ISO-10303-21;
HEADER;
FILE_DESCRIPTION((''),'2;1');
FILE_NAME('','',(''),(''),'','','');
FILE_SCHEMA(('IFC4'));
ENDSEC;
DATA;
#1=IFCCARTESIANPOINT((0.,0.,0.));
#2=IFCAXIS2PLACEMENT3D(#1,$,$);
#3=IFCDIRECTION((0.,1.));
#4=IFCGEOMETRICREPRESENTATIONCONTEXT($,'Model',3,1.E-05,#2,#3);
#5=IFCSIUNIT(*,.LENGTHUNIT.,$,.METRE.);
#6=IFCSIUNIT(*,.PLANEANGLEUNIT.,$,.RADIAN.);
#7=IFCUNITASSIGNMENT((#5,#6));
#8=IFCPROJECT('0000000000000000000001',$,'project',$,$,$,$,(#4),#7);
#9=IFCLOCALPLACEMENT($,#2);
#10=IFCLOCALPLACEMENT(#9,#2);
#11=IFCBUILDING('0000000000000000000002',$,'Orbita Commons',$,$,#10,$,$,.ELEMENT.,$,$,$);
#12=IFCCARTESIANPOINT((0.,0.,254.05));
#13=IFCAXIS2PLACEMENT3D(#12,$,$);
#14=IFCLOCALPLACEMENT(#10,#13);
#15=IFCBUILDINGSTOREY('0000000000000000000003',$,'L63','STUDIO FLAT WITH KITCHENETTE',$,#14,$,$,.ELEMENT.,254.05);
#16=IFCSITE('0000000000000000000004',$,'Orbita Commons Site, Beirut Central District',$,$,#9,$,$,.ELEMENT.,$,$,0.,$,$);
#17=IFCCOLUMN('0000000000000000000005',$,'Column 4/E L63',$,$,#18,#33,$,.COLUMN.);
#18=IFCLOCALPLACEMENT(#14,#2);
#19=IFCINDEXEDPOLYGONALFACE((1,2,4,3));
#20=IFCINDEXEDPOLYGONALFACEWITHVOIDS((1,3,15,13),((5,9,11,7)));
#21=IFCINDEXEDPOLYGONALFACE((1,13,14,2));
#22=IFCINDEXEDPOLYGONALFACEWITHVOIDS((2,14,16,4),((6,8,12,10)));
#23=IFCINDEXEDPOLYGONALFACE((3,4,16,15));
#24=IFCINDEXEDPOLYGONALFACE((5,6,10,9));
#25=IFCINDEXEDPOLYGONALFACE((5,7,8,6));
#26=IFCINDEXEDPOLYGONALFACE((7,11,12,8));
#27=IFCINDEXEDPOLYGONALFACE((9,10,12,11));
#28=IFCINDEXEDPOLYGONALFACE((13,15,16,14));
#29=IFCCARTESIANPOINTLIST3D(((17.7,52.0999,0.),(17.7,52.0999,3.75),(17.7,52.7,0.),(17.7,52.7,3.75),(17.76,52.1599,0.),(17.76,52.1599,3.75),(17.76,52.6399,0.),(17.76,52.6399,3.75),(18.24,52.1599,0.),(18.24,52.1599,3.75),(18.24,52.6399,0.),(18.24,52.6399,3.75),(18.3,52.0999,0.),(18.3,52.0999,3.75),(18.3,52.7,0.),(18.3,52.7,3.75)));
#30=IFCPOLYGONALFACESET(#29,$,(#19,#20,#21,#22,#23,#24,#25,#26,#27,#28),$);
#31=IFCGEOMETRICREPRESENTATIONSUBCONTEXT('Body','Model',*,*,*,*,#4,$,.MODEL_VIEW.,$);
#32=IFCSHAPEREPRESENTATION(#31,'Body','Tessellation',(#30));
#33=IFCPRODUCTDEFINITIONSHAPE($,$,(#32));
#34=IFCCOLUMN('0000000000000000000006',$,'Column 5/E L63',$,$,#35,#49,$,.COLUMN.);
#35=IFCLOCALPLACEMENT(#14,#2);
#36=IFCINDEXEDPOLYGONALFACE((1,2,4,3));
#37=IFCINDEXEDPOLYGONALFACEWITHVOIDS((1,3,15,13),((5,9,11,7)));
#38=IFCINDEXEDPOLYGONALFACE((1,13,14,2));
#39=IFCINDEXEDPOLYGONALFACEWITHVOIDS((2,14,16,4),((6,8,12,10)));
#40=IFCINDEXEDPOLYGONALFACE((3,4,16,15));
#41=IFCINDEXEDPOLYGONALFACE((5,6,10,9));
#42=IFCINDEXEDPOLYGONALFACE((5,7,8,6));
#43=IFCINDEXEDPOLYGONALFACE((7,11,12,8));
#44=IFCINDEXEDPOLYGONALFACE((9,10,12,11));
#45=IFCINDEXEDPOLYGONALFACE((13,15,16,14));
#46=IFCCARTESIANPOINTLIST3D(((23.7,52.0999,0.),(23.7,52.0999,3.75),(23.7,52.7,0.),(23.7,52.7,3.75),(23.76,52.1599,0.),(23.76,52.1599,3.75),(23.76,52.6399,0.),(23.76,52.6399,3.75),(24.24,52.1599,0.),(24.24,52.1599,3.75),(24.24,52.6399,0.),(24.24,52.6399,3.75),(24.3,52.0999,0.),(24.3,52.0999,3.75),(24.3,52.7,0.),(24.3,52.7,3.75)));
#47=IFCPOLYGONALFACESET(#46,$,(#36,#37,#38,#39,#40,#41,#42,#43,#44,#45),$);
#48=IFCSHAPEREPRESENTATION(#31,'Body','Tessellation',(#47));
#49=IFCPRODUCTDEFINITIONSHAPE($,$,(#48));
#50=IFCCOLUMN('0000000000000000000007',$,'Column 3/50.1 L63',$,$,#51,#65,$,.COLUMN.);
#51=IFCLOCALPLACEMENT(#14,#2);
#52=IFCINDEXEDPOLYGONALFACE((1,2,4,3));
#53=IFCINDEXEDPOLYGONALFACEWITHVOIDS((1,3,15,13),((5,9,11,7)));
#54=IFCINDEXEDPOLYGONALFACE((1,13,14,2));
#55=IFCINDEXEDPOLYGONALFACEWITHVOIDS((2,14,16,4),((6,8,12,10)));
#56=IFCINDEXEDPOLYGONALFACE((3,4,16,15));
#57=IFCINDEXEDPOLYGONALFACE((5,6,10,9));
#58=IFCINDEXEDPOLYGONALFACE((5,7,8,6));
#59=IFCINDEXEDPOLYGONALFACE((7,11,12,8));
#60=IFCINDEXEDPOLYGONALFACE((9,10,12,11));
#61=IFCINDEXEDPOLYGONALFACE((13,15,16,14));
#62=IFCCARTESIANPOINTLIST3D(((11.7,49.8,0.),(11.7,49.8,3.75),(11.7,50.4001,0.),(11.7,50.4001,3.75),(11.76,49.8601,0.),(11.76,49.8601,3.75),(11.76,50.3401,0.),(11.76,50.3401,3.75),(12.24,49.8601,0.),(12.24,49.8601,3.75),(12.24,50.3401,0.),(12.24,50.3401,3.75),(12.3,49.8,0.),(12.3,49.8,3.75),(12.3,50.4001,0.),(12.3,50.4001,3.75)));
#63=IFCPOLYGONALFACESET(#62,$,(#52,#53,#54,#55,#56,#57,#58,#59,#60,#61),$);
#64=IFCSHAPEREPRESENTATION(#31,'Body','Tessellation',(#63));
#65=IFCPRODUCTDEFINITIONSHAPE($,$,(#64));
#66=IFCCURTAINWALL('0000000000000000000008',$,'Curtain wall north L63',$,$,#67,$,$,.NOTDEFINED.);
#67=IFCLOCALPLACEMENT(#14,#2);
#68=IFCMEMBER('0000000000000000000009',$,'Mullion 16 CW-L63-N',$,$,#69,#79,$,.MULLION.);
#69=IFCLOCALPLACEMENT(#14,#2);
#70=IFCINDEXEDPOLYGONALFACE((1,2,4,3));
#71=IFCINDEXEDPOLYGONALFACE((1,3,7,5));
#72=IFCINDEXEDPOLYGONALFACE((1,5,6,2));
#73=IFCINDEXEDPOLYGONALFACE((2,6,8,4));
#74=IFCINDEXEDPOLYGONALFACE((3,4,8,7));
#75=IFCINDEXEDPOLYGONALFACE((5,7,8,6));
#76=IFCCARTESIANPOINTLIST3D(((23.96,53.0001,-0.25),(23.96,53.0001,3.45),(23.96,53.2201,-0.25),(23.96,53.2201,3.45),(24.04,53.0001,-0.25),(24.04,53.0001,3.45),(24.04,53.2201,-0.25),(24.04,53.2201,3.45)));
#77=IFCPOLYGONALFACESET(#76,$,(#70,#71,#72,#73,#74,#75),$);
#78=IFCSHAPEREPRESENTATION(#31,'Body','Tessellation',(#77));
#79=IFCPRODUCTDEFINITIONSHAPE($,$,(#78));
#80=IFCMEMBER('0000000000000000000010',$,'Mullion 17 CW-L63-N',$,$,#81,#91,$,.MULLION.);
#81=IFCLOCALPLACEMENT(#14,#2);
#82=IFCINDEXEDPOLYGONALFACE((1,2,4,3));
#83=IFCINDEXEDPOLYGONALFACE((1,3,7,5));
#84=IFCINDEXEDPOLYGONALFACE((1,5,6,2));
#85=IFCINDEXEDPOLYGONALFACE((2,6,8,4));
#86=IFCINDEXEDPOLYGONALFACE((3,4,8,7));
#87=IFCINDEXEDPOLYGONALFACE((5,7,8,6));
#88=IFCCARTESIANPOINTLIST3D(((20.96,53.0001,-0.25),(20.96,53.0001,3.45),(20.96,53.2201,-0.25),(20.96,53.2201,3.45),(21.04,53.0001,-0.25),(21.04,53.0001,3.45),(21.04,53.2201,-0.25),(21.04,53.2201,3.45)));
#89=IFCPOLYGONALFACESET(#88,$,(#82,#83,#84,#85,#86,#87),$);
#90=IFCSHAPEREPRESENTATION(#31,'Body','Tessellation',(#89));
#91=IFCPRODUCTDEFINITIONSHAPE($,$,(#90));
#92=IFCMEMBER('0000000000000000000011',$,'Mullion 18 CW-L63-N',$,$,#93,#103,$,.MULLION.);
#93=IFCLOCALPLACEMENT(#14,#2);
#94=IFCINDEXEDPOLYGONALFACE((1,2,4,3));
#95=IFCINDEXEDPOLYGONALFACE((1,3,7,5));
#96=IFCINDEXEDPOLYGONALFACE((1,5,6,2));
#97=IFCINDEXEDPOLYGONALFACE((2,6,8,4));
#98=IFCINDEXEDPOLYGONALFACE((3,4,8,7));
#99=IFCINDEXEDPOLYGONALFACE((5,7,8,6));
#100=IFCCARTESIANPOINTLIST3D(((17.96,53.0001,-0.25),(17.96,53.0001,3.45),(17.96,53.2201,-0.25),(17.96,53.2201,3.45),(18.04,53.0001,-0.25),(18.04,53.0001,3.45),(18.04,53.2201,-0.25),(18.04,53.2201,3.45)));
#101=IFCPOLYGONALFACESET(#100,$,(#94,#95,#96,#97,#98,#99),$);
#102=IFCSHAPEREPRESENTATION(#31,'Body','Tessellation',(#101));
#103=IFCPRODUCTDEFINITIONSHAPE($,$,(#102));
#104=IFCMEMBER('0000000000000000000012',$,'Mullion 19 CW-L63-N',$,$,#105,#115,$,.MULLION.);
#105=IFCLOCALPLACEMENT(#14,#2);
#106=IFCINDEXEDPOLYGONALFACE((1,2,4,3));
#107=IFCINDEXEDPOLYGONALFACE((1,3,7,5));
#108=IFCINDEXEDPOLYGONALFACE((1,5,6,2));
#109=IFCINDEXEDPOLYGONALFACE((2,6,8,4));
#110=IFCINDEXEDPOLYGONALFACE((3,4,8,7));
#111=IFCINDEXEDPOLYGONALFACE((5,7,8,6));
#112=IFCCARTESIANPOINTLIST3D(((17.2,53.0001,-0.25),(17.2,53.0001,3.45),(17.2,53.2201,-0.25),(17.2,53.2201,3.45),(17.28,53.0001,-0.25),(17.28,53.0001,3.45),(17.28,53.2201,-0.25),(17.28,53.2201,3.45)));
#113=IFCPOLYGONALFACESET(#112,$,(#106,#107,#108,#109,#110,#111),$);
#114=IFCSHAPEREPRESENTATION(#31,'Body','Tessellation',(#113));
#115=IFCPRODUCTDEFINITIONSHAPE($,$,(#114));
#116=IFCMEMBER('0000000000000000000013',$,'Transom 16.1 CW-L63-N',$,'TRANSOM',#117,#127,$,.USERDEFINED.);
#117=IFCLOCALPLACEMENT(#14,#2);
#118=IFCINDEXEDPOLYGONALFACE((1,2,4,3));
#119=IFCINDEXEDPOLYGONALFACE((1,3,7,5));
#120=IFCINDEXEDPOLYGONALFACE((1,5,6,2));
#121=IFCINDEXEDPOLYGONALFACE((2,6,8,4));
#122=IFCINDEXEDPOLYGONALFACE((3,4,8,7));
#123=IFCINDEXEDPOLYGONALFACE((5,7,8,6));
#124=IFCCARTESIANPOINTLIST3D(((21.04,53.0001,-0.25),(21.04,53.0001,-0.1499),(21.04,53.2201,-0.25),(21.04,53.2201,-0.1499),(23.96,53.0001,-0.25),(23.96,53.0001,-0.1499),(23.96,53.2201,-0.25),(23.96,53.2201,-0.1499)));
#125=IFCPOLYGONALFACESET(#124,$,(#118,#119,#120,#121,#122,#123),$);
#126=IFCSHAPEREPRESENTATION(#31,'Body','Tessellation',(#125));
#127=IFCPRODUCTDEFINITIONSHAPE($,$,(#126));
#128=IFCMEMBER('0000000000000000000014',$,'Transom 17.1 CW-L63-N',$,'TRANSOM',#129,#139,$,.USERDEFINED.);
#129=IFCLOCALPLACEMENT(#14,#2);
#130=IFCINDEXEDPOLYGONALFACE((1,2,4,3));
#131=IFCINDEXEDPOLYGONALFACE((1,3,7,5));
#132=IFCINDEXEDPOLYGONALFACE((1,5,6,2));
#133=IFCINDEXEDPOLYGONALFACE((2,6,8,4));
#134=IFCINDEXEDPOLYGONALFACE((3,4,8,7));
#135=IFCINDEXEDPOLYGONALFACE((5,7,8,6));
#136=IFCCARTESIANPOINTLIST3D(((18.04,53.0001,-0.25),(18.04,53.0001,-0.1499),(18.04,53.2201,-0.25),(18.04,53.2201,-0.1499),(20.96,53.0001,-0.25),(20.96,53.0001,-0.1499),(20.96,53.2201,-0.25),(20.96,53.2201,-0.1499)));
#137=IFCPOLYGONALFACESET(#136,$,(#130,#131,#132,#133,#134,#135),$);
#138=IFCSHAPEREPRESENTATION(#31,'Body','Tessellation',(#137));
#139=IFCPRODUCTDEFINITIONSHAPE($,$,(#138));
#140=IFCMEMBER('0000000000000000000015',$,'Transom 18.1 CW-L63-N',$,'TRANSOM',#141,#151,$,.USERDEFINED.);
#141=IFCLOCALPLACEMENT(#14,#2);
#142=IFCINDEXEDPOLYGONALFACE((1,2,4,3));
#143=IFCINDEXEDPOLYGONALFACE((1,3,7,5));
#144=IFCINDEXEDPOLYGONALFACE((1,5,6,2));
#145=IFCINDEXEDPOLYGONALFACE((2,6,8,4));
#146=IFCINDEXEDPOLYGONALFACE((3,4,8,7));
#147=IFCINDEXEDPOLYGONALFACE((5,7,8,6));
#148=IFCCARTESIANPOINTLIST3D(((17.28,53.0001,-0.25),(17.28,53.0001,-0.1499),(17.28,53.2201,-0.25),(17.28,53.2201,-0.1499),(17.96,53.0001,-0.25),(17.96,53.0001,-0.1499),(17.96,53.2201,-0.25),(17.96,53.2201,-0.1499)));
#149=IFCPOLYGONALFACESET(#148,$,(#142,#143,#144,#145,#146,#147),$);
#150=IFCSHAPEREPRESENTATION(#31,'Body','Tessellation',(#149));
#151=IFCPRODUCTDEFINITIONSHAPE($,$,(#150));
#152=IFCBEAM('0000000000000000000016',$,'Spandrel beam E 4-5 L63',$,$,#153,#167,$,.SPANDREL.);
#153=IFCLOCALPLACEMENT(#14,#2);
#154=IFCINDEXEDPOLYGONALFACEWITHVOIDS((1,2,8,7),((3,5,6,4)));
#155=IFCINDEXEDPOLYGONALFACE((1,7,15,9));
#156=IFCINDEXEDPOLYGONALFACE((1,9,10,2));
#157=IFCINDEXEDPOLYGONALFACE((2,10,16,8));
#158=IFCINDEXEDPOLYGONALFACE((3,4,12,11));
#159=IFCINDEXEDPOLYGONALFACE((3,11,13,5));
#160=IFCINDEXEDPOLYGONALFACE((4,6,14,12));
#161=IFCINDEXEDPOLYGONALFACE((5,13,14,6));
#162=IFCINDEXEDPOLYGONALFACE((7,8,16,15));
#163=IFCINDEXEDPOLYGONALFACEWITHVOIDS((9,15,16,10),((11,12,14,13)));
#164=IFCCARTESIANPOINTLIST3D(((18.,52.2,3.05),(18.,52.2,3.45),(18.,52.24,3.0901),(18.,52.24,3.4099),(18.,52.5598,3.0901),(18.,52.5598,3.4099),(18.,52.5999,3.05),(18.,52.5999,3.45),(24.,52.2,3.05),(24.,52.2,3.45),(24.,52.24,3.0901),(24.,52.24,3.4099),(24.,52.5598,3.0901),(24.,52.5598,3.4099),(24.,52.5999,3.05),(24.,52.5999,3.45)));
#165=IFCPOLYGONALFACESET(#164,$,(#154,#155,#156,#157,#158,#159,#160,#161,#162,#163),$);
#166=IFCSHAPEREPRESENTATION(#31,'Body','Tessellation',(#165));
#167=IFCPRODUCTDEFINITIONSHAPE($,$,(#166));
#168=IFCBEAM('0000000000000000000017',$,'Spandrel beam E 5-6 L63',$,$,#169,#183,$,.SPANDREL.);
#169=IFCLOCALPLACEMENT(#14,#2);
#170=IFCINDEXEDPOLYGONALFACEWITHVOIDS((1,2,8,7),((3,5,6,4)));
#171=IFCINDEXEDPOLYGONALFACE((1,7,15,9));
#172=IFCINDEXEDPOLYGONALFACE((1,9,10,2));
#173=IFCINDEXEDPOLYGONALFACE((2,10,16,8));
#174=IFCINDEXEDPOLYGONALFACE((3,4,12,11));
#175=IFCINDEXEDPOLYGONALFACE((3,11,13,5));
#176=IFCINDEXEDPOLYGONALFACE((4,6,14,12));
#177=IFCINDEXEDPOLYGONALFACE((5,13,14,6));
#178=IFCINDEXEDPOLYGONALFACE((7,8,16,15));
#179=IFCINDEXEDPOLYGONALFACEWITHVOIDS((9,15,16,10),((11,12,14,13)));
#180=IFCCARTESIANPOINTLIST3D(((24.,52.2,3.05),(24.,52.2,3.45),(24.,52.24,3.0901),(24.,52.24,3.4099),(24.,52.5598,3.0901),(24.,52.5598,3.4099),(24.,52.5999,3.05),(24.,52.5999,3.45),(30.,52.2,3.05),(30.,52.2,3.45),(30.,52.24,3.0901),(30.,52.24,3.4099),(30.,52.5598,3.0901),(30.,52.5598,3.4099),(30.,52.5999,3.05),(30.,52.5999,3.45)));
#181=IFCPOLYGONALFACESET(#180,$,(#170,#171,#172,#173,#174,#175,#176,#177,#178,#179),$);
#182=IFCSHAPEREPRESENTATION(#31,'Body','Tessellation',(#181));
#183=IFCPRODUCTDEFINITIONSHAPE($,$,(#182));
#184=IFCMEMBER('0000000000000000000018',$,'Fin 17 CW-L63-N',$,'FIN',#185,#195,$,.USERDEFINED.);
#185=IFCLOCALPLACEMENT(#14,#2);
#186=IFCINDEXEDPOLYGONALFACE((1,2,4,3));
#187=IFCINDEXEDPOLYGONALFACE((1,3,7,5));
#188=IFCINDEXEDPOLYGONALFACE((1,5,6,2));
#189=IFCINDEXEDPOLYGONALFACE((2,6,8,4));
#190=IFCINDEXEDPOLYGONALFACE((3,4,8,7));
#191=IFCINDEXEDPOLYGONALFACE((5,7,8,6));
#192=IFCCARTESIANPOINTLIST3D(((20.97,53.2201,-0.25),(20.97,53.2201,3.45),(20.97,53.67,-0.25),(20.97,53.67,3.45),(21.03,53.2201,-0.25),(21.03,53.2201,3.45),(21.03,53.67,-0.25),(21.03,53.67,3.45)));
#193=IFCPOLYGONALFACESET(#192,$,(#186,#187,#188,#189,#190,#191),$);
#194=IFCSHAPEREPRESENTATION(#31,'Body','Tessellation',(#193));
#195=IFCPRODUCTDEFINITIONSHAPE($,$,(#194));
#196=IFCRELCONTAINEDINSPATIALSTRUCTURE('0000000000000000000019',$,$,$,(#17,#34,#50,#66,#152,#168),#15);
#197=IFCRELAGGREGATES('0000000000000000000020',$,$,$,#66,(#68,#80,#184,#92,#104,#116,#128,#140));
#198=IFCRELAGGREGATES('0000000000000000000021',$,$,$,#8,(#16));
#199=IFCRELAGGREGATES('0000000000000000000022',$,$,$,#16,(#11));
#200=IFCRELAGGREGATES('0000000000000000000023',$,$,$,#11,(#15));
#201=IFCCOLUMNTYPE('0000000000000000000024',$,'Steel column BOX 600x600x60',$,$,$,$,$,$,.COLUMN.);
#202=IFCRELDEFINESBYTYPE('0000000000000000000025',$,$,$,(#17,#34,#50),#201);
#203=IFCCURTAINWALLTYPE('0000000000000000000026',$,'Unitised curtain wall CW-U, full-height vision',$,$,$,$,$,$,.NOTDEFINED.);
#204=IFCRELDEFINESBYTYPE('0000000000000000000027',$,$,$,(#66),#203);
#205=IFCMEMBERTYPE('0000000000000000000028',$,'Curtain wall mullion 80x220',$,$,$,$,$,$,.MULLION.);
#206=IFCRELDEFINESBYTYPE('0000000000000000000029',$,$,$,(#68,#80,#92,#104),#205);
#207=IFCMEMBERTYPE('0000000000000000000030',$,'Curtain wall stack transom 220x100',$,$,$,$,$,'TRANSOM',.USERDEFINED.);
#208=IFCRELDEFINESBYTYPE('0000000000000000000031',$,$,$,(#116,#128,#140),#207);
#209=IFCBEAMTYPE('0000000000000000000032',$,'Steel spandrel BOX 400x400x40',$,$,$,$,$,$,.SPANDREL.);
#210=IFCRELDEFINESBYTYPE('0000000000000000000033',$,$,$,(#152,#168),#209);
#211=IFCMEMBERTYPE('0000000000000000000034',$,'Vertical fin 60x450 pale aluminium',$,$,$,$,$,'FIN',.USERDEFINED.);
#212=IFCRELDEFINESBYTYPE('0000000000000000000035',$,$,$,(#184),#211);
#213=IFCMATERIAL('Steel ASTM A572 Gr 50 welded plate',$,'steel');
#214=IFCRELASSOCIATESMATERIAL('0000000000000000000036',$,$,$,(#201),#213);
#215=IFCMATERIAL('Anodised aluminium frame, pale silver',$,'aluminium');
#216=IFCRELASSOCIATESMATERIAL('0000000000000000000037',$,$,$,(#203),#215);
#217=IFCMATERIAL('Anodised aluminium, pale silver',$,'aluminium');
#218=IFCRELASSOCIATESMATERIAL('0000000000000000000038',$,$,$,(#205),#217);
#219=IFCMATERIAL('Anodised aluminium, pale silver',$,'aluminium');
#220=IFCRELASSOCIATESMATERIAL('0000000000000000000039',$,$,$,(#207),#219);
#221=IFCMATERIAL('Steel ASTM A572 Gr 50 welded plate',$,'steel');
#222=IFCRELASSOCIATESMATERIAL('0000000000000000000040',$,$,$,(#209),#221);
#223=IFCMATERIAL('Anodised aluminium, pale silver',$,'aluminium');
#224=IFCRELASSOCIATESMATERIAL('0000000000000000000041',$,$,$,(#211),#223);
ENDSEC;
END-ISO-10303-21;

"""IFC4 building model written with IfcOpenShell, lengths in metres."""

from ifc_helpers import new_model, si_unit, direction, frame, origin, origin_2d, place, context, subcontext, project, spatial, rectangle, hollow_rectangle, extrude, material, material_profile, profile_set, type_object, element, aggregate, save


model = new_model("IFC4")

# Units and contexts
model_context = context("Model", 3, precision=1e-05, world=origin(), true_north=direction((0.0, 1.0)))
body_context = subcontext(model_context, "Body", "Model", "MODEL_VIEW")
ifc_project = project(units=[si_unit("LENGTHUNIT", "METRE"), si_unit("PLANEANGLEUNIT", "RADIAN")], contexts=[model_context])

# Site, building, storey
site_placement = place(None, origin())
site = spatial("IfcSite", under=ifc_project, at=site_placement, Name="Orbita Commons Site, Beirut Central District", CompositionType="ELEMENT", RefElevation=0.0)
building_placement = place(site_placement, origin())
building = spatial("IfcBuilding", under=site, at=building_placement, Name="Orbita Commons", CompositionType="ELEMENT")
storey_placement = place(building_placement, frame((0.0, 0.0, 254.05)))
storey = spatial("IfcBuildingStorey", under=building, at=storey_placement, Name="L63", Description="STUDIO FLAT WITH KITCHENETTE", CompositionType="ELEMENT", Elevation=254.05)

# Columns
ifc_material_1 = material(Name="Steel ASTM A572 Gr 50 welded plate", Category="steel")
ifc_material_profile_1 = material_profile(ifc_material_1, hollow_rectangle(XDim=0.6001, YDim=0.6001, WallThickness=0.0601, at=origin_2d()), Name="BOX 600x600x60")
ifc_profile_set_1 = profile_set([ifc_material_profile_1], Name="Steel ASTM A572 Gr 50 welded plate")
column_type = type_object("IfcColumnType", Name="Steel column BOX 600x600x60", PredefinedType="COLUMN", material=ifc_profile_set_1)
for number, where, z_axis, x_axis, name in (
    (1, (18.0, 52.3999, 0.0), (0.0, 0.0, 1.0), (1.0, 0.0, 0.0), "Column 4/E L63"),
    (2, (24.0, 52.3999, 0.0), (0.0, 0.0, 1.0), (1.0, 0.0, 0.0), "Column 5/E L63"),
    (3, (12.0, 50.1001, 0.0), (0.0, 0.0, 1.0), (1.0, 0.0, 0.0), "Column 3/50.1 L63"),
):
    element("IfcColumn", number, at=place(storey_placement, frame(where, z_axis=z_axis, x_axis=x_axis)), inside=storey, type_object=column_type, Name=name, PredefinedType="COLUMN", context=body_context, shape_type="SweptSolid", body=[
        extrude(hollow_rectangle(XDim=0.6001, YDim=0.6001, WallThickness=0.0601, at=origin_2d()), origin(), (0.0, 0.0, 1.0), 3.75),
    ])

# Curtain wall, members
ifc_material_2 = material(Name="Anodised aluminium frame, pale silver", Category="aluminium")
curtain_wall_type = type_object("IfcCurtainWallType", Name="Unitised curtain wall CW-U, full-height vision", PredefinedType="NOTDEFINED", material=ifc_material_2)
curtain_wall_placement = place(storey_placement, origin())
curtain_wall = element("IfcCurtainWall", 4, at=curtain_wall_placement, inside=storey, type_object=curtain_wall_type, Name="Curtain wall north L63", PredefinedType="NOTDEFINED")
ifc_material_3 = material(Name="Anodised aluminium, pale silver", Category="aluminium")
ifc_material_profile_2 = material_profile(ifc_material_3, rectangle(XDim=0.0801, YDim=0.22, at=origin_2d()), Name="AL 80x220")
ifc_profile_set_2 = profile_set([ifc_material_profile_2], Name="Anodised aluminium, pale silver")
member_type_1 = type_object("IfcMemberType", Name="Curtain wall mullion 80x220", PredefinedType="MULLION", material=ifc_profile_set_2)
member_1_placement = place(storey_placement, frame((24.0, 53.1101, -0.25), z_axis=(0.0, 0.0, 1.0), x_axis=(-1.0, 0.0, 0.0)))
member_1 = element("IfcMember", 5, at=member_1_placement, type_object=member_type_1, Name="Mullion 16 CW-L63-N", PredefinedType="MULLION", context=body_context, shape_type="SweptSolid", body=[
    extrude(rectangle(XDim=0.0801, YDim=0.22, at=origin_2d()), origin(), (0.0, 0.0, 1.0), 3.7),
])
member_2_placement = place(storey_placement, frame((21.0, 53.1101, -0.25), z_axis=(0.0, 0.0, 1.0), x_axis=(-1.0, 0.0, 0.0)))
member_2 = element("IfcMember", 6, at=member_2_placement, type_object=member_type_1, Name="Mullion 17 CW-L63-N", PredefinedType="MULLION", context=body_context, shape_type="SweptSolid", body=[
    extrude(rectangle(XDim=0.0801, YDim=0.22, at=origin_2d()), origin(), (0.0, 0.0, 1.0), 3.7),
])
member_3_placement = place(storey_placement, frame((18.0, 53.1101, -0.25), z_axis=(0.0, 0.0, 1.0), x_axis=(-1.0, 0.0, 0.0)))
member_3 = element("IfcMember", 7, at=member_3_placement, type_object=member_type_1, Name="Mullion 18 CW-L63-N", PredefinedType="MULLION", context=body_context, shape_type="SweptSolid", body=[
    extrude(rectangle(XDim=0.0801, YDim=0.22, at=origin_2d()), origin(), (0.0, 0.0, 1.0), 3.7),
])
member_4_placement = place(storey_placement, frame((17.24, 53.1101, -0.25), z_axis=(0.0, 0.0, 1.0), x_axis=(-1.0, 0.0, 0.0)))
member_4 = element("IfcMember", 8, at=member_4_placement, type_object=member_type_1, Name="Mullion 19 CW-L63-N", PredefinedType="MULLION", context=body_context, shape_type="SweptSolid", body=[
    extrude(rectangle(XDim=0.0801, YDim=0.22, at=origin_2d()), origin(), (0.0, 0.0, 1.0), 3.7),
])
ifc_material_4 = material(Name="Anodised aluminium, pale silver", Category="aluminium")
ifc_material_profile_3 = material_profile(ifc_material_4, rectangle(XDim=0.22, YDim=0.1001, at=origin_2d()), Name="AL 220x100")
ifc_profile_set_3 = profile_set([ifc_material_profile_3], Name="Anodised aluminium, pale silver")
member_type_2 = type_object("IfcMemberType", Name="Curtain wall stack transom 220x100", ElementType="TRANSOM", PredefinedType="USERDEFINED", material=ifc_profile_set_3)
member_5_placement = place(storey_placement, frame((23.96, 53.1101, -0.2), z_axis=(-1.0, 0.0, 0.0), x_axis=(0.0, -1.0, 0.0)))
member_5 = element("IfcMember", 9, at=member_5_placement, type_object=member_type_2, Name="Transom 16.1 CW-L63-N", ObjectType="TRANSOM", PredefinedType="USERDEFINED", context=body_context, shape_type="SweptSolid", body=[
    extrude(rectangle(XDim=0.22, YDim=0.1001, at=origin_2d()), origin(), (0.0, 0.0, 1.0), 2.9199),
])
member_6_placement = place(storey_placement, frame((20.96, 53.1101, -0.2), z_axis=(-1.0, 0.0, 0.0), x_axis=(0.0, -1.0, 0.0)))
member_6 = element("IfcMember", 10, at=member_6_placement, type_object=member_type_2, Name="Transom 17.1 CW-L63-N", ObjectType="TRANSOM", PredefinedType="USERDEFINED", context=body_context, shape_type="SweptSolid", body=[
    extrude(rectangle(XDim=0.22, YDim=0.1001, at=origin_2d()), origin(), (0.0, 0.0, 1.0), 2.9199),
])
member_7_placement = place(storey_placement, frame((17.96, 53.1101, -0.2), z_axis=(-1.0, 0.0, 0.0), x_axis=(0.0, -1.0, 0.0)))
member_7 = element("IfcMember", 11, at=member_7_placement, type_object=member_type_2, Name="Transom 18.1 CW-L63-N", ObjectType="TRANSOM", PredefinedType="USERDEFINED", context=body_context, shape_type="SweptSolid", body=[
    extrude(rectangle(XDim=0.22, YDim=0.1001, at=origin_2d()), origin(), (0.0, 0.0, 1.0), 0.6799),
])

# Beams
ifc_material_5 = material(Name="Steel ASTM A572 Gr 50 welded plate", Category="steel")
ifc_material_profile_4 = material_profile(ifc_material_5, hollow_rectangle(XDim=0.3999, YDim=0.3999, WallThickness=0.04, at=origin_2d()), Name="BOX 400x400x40")
ifc_profile_set_4 = profile_set([ifc_material_profile_4], Name="Steel ASTM A572 Gr 50 welded plate")
beam_type = type_object("IfcBeamType", Name="Steel spandrel BOX 400x400x40", PredefinedType="SPANDREL", material=ifc_profile_set_4)
for number, where, z_axis, x_axis, name in (
    (12, (18.0, 52.3999, 3.25), (1.0, 0.0, 0.0), (0.0, 1.0, 0.0), "Spandrel beam E 4-5 L63"),
    (13, (24.0, 52.3999, 3.25), (1.0, 0.0, 0.0), (0.0, 1.0, 0.0), "Spandrel beam E 5-6 L63"),
):
    element("IfcBeam", number, at=place(storey_placement, frame(where, z_axis=z_axis, x_axis=x_axis)), inside=storey, type_object=beam_type, Name=name, PredefinedType="SPANDREL", context=body_context, shape_type="SweptSolid", body=[
        extrude(hollow_rectangle(XDim=0.3999, YDim=0.3999, WallThickness=0.04, at=origin_2d()), origin(), (0.0, 0.0, 1.0), 6.0),
    ])

# Member
ifc_material_6 = material(Name="Anodised aluminium, pale silver", Category="aluminium")
ifc_material_profile_5 = material_profile(ifc_material_6, rectangle(XDim=0.0601, YDim=0.45, at=origin_2d()), Name="FIN 60x450")
ifc_profile_set_5 = profile_set([ifc_material_profile_5], Name="Anodised aluminium, pale silver")
member_type_3 = type_object("IfcMemberType", Name="Vertical fin 60x450 pale aluminium", ElementType="FIN", PredefinedType="USERDEFINED", material=ifc_profile_set_5)
member_8_placement = place(storey_placement, frame((21.0, 53.4451, -0.25), z_axis=(0.0, 0.0, 1.0), x_axis=(-1.0, 0.0, 0.0)))
member_8 = element("IfcMember", 14, at=member_8_placement, type_object=member_type_3, Name="Fin 17 CW-L63-N", ObjectType="FIN", PredefinedType="USERDEFINED", context=body_context, shape_type="SweptSolid", body=[
    extrude(rectangle(XDim=0.0601, YDim=0.45, at=origin_2d()), origin(), (0.0, 0.0, 1.0), 3.7),
])

aggregate(curtain_wall, [member_1, member_2, member_8, member_3, member_4, member_5, member_6, member_7])

save(model, "model.ifc")
